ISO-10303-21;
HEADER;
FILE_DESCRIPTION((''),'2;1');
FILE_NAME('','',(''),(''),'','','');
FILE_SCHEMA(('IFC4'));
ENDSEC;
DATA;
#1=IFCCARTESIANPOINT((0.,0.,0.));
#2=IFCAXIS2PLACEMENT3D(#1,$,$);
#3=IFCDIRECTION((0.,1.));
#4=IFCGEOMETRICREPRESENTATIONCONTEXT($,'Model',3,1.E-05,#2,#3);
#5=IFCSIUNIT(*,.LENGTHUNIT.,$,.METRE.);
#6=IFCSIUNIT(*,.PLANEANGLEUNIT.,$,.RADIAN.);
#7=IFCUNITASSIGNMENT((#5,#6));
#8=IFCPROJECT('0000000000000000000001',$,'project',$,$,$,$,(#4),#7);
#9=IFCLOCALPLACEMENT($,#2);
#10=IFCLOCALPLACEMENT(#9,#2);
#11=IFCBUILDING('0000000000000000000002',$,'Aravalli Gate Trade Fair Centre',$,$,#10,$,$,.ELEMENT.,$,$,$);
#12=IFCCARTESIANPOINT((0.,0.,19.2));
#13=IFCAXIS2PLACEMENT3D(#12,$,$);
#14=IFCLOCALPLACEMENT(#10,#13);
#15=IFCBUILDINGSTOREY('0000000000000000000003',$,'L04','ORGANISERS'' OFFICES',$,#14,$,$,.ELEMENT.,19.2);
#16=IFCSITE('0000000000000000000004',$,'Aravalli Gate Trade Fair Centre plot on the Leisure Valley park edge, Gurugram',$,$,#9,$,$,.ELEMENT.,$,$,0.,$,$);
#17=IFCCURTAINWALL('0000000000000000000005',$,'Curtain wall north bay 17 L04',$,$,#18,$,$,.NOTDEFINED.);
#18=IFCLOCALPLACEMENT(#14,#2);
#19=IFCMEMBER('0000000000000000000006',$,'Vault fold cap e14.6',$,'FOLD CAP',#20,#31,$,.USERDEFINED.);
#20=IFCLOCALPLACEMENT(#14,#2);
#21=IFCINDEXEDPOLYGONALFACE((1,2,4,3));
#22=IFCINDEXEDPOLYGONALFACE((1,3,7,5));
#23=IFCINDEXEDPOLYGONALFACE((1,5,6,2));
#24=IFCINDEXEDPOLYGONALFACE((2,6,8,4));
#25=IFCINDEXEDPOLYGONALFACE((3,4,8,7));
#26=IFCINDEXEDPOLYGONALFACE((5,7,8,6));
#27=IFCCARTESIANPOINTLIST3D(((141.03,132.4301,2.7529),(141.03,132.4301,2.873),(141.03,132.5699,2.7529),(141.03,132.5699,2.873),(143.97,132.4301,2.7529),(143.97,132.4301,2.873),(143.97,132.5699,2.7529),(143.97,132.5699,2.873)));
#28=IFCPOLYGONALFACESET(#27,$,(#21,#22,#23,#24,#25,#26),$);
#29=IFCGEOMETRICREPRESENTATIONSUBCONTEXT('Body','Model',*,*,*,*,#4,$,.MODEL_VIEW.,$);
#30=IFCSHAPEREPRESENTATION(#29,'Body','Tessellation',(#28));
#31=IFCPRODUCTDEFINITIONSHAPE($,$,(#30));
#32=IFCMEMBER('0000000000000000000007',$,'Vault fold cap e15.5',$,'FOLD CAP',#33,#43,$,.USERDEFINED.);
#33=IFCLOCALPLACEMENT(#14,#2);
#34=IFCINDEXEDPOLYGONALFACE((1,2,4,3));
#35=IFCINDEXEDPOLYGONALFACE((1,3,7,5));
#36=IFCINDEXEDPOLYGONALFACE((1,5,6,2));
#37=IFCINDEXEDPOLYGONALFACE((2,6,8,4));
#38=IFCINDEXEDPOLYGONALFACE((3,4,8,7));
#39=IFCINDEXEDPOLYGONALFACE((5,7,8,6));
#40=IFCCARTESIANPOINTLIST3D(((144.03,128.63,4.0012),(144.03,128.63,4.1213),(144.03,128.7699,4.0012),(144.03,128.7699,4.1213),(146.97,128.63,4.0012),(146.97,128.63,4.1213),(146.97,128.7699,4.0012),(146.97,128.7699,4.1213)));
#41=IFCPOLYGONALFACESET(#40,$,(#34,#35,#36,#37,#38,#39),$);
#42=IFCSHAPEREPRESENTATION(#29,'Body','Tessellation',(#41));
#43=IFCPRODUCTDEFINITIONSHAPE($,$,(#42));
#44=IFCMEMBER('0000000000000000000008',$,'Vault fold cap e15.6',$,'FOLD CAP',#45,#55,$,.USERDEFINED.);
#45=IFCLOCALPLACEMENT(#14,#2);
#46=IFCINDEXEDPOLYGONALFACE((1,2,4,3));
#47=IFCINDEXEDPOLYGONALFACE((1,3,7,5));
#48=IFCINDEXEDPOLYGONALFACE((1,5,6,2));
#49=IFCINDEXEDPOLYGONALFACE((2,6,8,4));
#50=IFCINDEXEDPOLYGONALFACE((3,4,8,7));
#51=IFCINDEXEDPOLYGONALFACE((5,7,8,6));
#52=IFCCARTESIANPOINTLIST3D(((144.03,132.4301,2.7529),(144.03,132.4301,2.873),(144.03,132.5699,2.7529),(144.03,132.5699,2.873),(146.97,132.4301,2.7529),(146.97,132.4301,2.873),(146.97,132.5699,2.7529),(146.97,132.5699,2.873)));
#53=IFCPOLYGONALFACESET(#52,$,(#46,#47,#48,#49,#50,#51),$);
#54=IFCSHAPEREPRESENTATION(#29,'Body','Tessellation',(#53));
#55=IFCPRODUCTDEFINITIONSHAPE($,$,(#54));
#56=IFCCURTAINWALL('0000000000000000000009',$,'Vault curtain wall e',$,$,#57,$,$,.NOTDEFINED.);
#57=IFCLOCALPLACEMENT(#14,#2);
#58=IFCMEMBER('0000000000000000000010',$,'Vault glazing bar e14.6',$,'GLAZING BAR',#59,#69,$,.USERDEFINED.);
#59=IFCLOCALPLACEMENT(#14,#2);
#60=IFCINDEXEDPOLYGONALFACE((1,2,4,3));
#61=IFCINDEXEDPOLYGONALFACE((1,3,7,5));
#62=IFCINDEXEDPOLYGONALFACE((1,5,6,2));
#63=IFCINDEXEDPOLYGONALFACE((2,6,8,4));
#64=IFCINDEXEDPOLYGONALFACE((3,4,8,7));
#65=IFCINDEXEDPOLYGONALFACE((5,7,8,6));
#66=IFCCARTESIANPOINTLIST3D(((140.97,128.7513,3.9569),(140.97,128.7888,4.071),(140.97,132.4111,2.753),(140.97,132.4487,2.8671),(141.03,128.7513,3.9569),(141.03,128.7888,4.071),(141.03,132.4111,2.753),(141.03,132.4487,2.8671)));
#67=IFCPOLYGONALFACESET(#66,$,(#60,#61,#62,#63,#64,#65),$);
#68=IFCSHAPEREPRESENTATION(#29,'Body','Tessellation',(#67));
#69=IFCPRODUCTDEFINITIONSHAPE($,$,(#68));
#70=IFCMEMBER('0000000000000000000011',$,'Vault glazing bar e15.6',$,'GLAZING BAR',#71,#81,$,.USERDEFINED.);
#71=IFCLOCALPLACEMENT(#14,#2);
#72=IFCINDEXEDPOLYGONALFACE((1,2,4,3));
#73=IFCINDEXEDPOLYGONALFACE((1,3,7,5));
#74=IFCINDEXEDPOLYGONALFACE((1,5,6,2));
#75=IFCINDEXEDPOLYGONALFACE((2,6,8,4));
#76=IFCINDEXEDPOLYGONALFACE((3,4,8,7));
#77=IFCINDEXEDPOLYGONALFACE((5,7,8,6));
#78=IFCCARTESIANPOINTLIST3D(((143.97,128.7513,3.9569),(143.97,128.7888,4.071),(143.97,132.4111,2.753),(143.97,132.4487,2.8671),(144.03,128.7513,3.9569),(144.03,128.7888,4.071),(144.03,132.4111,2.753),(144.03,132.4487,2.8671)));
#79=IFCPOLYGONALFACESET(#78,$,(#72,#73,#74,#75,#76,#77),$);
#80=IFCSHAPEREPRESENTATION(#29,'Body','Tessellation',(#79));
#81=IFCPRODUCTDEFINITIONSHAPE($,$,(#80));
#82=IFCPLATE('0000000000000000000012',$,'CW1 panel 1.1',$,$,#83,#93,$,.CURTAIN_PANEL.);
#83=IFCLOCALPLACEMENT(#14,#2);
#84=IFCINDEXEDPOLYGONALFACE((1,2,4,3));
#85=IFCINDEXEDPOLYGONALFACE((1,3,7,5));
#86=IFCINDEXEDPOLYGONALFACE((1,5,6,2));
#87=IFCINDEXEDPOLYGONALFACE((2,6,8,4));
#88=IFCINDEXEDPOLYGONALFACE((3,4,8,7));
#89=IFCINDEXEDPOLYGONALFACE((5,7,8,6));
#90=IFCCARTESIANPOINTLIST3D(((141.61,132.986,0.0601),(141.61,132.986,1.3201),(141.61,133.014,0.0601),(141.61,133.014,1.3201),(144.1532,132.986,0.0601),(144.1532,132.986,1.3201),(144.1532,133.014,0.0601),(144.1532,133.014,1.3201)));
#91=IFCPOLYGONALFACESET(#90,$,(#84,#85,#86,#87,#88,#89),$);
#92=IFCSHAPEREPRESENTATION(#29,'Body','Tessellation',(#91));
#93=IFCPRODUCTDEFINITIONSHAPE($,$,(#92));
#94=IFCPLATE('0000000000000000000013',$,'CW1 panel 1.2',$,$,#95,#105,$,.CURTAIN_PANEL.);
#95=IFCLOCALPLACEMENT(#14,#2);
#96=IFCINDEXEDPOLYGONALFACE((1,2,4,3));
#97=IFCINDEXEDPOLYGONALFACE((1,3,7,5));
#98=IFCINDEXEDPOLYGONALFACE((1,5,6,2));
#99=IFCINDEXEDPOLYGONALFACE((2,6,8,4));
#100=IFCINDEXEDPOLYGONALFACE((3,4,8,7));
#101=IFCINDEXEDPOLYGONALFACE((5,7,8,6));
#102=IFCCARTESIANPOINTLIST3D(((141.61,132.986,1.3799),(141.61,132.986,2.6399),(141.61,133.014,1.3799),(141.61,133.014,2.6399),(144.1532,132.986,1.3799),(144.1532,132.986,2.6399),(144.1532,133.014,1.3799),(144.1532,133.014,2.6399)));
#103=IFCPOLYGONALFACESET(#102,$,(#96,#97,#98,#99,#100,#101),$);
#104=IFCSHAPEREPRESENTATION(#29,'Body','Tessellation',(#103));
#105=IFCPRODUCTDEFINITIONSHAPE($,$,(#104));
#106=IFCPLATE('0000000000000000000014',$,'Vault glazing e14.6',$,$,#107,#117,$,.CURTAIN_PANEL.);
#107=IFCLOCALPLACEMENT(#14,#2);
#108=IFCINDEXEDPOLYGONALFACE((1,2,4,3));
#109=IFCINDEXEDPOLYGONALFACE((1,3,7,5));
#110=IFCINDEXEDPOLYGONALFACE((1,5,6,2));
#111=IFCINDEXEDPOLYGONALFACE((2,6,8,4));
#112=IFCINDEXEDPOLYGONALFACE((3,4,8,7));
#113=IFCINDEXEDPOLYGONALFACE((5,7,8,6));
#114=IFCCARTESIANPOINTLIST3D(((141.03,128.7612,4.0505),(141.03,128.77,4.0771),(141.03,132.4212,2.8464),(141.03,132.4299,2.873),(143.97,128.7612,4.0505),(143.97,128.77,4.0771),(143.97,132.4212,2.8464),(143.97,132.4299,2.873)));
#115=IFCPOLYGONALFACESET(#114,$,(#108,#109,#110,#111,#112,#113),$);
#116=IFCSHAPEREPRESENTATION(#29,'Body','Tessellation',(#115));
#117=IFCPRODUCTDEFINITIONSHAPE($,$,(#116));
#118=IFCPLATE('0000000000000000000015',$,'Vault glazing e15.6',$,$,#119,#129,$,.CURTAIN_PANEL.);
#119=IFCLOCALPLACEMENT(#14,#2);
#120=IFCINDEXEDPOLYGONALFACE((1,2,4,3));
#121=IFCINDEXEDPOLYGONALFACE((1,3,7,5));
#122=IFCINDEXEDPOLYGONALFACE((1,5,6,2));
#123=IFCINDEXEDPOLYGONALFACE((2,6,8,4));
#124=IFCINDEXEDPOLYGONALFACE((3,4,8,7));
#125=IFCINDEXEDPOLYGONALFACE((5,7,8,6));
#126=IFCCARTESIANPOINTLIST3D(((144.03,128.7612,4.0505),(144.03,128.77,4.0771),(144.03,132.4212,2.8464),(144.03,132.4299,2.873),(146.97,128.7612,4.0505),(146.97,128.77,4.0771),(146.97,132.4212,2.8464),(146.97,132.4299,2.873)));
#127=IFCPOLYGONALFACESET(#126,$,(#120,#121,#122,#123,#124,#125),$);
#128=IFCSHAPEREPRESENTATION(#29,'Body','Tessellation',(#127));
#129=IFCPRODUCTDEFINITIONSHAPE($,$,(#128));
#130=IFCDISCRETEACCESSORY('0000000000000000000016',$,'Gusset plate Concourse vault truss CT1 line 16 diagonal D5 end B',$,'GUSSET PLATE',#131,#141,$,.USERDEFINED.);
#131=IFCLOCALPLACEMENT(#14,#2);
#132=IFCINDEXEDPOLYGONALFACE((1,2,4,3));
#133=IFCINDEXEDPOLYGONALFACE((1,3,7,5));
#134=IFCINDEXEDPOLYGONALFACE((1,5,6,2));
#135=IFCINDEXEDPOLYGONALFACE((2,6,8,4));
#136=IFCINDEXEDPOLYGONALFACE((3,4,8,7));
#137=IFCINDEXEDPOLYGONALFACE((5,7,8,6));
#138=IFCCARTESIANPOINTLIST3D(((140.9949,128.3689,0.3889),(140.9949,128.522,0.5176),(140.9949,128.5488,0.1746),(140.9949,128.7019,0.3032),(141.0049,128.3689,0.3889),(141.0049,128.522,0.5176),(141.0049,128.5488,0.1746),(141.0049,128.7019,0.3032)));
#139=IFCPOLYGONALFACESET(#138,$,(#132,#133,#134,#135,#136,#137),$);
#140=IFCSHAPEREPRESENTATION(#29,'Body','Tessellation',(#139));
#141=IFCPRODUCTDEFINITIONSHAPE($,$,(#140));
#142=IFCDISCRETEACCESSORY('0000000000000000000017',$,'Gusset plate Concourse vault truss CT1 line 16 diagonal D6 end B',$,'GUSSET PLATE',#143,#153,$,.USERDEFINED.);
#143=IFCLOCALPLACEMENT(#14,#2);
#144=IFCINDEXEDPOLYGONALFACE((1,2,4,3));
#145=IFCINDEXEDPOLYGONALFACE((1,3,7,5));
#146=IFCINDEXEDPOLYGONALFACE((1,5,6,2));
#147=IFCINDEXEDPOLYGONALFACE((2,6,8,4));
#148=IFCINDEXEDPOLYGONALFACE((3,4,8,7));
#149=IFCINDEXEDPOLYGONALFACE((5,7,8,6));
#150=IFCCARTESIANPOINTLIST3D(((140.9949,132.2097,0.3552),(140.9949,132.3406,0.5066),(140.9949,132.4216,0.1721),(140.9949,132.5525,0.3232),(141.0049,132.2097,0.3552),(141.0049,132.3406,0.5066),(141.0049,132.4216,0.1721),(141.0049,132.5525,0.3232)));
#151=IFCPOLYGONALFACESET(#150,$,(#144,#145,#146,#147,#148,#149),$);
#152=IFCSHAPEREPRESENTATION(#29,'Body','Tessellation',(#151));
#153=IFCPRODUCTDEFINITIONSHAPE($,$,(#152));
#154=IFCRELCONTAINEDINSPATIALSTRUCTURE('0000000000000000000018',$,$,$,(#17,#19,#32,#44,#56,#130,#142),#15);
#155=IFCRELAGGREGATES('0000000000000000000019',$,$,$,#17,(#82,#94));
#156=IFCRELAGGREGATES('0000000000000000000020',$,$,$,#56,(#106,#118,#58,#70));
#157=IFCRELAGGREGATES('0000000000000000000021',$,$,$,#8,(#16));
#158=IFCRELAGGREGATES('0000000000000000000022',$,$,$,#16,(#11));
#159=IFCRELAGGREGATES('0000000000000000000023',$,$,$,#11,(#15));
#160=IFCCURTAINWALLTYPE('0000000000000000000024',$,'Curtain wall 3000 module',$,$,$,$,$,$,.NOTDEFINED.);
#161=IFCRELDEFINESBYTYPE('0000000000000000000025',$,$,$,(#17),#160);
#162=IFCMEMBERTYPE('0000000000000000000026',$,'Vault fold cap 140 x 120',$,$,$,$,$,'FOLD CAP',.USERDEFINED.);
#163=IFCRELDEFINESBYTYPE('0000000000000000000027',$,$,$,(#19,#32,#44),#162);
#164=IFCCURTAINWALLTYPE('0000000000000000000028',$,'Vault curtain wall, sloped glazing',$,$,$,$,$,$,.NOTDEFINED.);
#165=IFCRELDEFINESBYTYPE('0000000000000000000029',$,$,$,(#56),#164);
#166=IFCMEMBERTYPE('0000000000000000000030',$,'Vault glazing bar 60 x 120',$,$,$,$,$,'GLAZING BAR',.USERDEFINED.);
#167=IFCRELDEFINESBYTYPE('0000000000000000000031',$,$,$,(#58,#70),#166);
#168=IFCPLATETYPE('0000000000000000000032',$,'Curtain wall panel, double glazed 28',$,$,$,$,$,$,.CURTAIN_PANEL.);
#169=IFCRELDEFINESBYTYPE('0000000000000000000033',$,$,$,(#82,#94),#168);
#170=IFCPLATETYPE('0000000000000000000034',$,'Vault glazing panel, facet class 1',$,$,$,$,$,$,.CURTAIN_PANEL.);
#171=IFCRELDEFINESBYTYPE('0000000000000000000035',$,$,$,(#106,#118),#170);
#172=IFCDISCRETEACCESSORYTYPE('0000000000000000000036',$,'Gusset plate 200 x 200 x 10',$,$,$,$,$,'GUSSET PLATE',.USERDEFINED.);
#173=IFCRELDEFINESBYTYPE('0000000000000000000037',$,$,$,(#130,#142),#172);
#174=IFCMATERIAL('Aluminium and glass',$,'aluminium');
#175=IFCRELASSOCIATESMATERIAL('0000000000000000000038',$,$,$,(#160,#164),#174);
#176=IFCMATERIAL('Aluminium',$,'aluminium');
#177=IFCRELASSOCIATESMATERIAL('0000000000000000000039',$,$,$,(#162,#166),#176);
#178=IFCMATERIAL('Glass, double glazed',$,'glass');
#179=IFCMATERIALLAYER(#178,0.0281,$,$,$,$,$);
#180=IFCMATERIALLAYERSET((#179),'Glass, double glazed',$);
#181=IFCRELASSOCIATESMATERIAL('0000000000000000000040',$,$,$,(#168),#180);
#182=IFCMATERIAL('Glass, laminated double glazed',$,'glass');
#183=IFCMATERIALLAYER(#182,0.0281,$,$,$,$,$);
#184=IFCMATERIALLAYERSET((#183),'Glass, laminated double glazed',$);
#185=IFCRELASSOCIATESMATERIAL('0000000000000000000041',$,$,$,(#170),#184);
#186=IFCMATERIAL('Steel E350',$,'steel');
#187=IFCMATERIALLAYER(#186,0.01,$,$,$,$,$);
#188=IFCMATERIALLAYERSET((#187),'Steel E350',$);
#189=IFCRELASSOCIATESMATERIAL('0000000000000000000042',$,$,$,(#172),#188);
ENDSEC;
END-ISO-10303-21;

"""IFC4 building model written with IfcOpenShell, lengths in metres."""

from ifc_helpers import new_model, si_unit, direction, frame, origin, origin_2d, place, context, subcontext, project, spatial, polyline, rectangle, outline, extrude, material, layer, layer_set, material_profile, profile_set, type_object, element, aggregate, save


model = new_model("IFC4")

# Units and contexts
model_context = context("Model", 3, precision=1e-05, world=origin(), true_north=direction((0.0, 1.0)))
body_context = subcontext(model_context, "Body", "Model", "MODEL_VIEW")
ifc_project = project(units=[si_unit("LENGTHUNIT", "METRE"), si_unit("PLANEANGLEUNIT", "RADIAN")], contexts=[model_context])

# Site, building, storey
site_placement = place(None, origin())
site = spatial("IfcSite", under=ifc_project, at=site_placement, Name="Aravalli Gate Trade Fair Centre plot on the Leisure Valley park edge, Gurugram", CompositionType="ELEMENT", RefElevation=0.0)
building_placement = place(site_placement, origin())
building = spatial("IfcBuilding", under=site, at=building_placement, Name="Aravalli Gate Trade Fair Centre", CompositionType="ELEMENT")
storey_placement = place(building_placement, frame((0.0, 0.0, 19.2)))
storey = spatial("IfcBuildingStorey", under=building, at=storey_placement, Name="L04", Description="ORGANISERS' OFFICES", CompositionType="ELEMENT", Elevation=19.2)

# Curtain wall
ifc_material_1 = material(Name="Aluminium and glass", Category="aluminium")
curtain_wall_type_1 = type_object("IfcCurtainWallType", Name="Curtain wall 3000 module", PredefinedType="NOTDEFINED", material=ifc_material_1)
curtain_wall_1_placement = place(storey_placement, origin())
curtain_wall_1 = element("IfcCurtainWall", 1, at=curtain_wall_1_placement, inside=storey, type_object=curtain_wall_type_1, Name="Curtain wall north bay 17 L04", PredefinedType="NOTDEFINED")
ifc_material_2 = material(Name="Aluminium", Category="aluminium")

# Members
ifc_material_3 = material(Name="Steel E350", Category="steel")
ifc_material_profile_1 = material_profile(ifc_material_2, rectangle(XDim=0.1399, YDim=0.1201, at=origin_2d()), Name="Vault fold cap 140 x 120")
ifc_profile_set_1 = profile_set([ifc_material_profile_1], Name="Aluminium")
member_type_1 = type_object("IfcMemberType", Name="Vault fold cap 140 x 120", ElementType="FOLD CAP", PredefinedType="USERDEFINED", material=ifc_profile_set_1)
for number, where, z_axis, x_axis, name in (
    (2, (141.03, 132.5, 2.813), (1.0, 0.0, 0.0), (0.0, 1.0, 0.0), "Vault fold cap e14.6"),
    (3, (144.03, 128.7, 4.0613), (1.0, 0.0, 0.0), (0.0, 1.0, 0.0), "Vault fold cap e15.5"),
    (4, (144.03, 132.5, 2.813), (1.0, 0.0, 0.0), (0.0, 1.0, 0.0), "Vault fold cap e15.6"),
):
    element("IfcMember", number, at=place(storey_placement, frame(where, z_axis=z_axis, x_axis=x_axis)), inside=storey, type_object=member_type_1, Name=name, ObjectType="FOLD CAP", PredefinedType="USERDEFINED", context=body_context, shape_type="SweptSolid", body=[
        extrude(rectangle(XDim=0.1399, YDim=0.1201, at=origin_2d()), origin(), (0.0, 0.0, 1.0), 2.9399),
    ])

# Curtain wall, members
curtain_wall_type_2 = type_object("IfcCurtainWallType", Name="Vault curtain wall, sloped glazing", PredefinedType="NOTDEFINED", material=ifc_material_1)
curtain_wall_2_placement = place(storey_placement, origin())
curtain_wall_2 = element("IfcCurtainWall", 5, at=curtain_wall_2_placement, inside=storey, type_object=curtain_wall_type_2, Name="Vault curtain wall e", PredefinedType="NOTDEFINED")
ifc_material_profile_2 = material_profile(ifc_material_2, rectangle(XDim=0.0601, YDim=0.1201, at=origin_2d()), Name="Vault glazing bar 60 x 120")
ifc_profile_set_2 = profile_set([ifc_material_profile_2], Name="Aluminium")
member_type_2 = type_object("IfcMemberType", Name="Vault glazing bar 60 x 120", ElementType="GLAZING BAR", PredefinedType="USERDEFINED", material=ifc_profile_set_2)
member_1_placement = place(storey_placement, frame((141.0, 128.77, 4.0139), z_axis=(0.0, 0.94993, -0.312461), x_axis=(-1.0, 0.0, 0.0)))
member_1 = element("IfcMember", 6, at=member_1_placement, type_object=member_type_2, Name="Vault glazing bar e14.6", ObjectType="GLAZING BAR", PredefinedType="USERDEFINED", context=body_context, shape_type="SweptSolid", body=[
    extrude(rectangle(XDim=0.0601, YDim=0.1201, at=origin_2d()), origin(), (0.0, 0.0, 1.0), 3.8528),
])
member_2_placement = place(storey_placement, frame((144.0, 128.77, 4.0139), z_axis=(0.0, 0.94993, -0.312461), x_axis=(-1.0, 0.0, 0.0)))
member_2 = element("IfcMember", 7, at=member_2_placement, type_object=member_type_2, Name="Vault glazing bar e15.6", ObjectType="GLAZING BAR", PredefinedType="USERDEFINED", context=body_context, shape_type="SweptSolid", body=[
    extrude(rectangle(XDim=0.0601, YDim=0.1201, at=origin_2d()), origin(), (0.0, 0.0, 1.0), 3.8528),
])

# Plates
ifc_material_4 = material(Name="Glass, double glazed", Category="glass")
ifc_layer_1 = layer(ifc_material_4, 0.0281)
ifc_layer_set_1 = layer_set([ifc_layer_1], Name="Glass, double glazed")
plate_type_1 = type_object("IfcPlateType", Name="Curtain wall panel, double glazed 28", PredefinedType="CURTAIN_PANEL", material=ifc_layer_set_1)
plate_1_placement = place(storey_placement, frame((142.8816, 133.0, 0.0601), z_axis=(0.0, 0.0, 1.0), x_axis=(1.0, 0.0, 0.0)))
plate_1 = element("IfcPlate", 8, at=plate_1_placement, type_object=plate_type_1, Name="CW1 panel 1.1", PredefinedType="CURTAIN_PANEL", context=body_context, shape_type="SweptSolid", body=[
    extrude(rectangle(XDim=2.5432, YDim=0.0281, at=origin_2d()), origin(), (0.0, 0.0, 1.0), 1.26),
])
plate_2_placement = place(storey_placement, frame((142.8816, 133.0, 1.3799), z_axis=(0.0, 0.0, 1.0), x_axis=(1.0, 0.0, 0.0)))
plate_2 = element("IfcPlate", 9, at=plate_2_placement, type_object=plate_type_1, Name="CW1 panel 1.2", PredefinedType="CURTAIN_PANEL", context=body_context, shape_type="SweptSolid", body=[
    extrude(rectangle(XDim=2.5432, YDim=0.0281, at=origin_2d()), origin(), (0.0, 0.0, 1.0), 1.26),
])
aggregate(curtain_wall_1, [plate_1, plate_2])
ifc_material_5 = material(Name="Glass, laminated double glazed", Category="glass")
ifc_layer_2 = layer(ifc_material_5, 0.0281)
ifc_layer_set_2 = layer_set([ifc_layer_2], Name="Glass, laminated double glazed")
plate_type_2 = type_object("IfcPlateType", Name="Vault glazing panel, facet class 1", PredefinedType="CURTAIN_PANEL", material=ifc_layer_set_2)
plate_3_placement = place(storey_placement, frame((141.03, 128.77, 4.0771), z_axis=(0.0, 0.312518, 0.949912), x_axis=(1.0, 0.0, 0.0)))
plate_3 = element("IfcPlate", 10, at=plate_3_placement, type_object=plate_type_2, Name="Vault glazing e14.6", PredefinedType="CURTAIN_PANEL", context=body_context, shape_type="SweptSolid", body=[
    extrude(outline(polyline([(0.0, 0.0), (2.9399, 0.0), (2.9399, 3.8529), (0.0, 3.8529), (0.0, 0.0)])), origin(), (0.0, 0.0, -1.0), 0.0281),
])
plate_4_placement = place(storey_placement, frame((144.03, 128.77, 4.0771), z_axis=(0.0, 0.312518, 0.949912), x_axis=(1.0, 0.0, 0.0)))
plate_4 = element("IfcPlate", 11, at=plate_4_placement, type_object=plate_type_2, Name="Vault glazing e15.6", PredefinedType="CURTAIN_PANEL", context=body_context, shape_type="SweptSolid", body=[
    extrude(outline(polyline([(0.0, 0.0), (2.9399, 0.0), (2.9399, 3.8529), (0.0, 3.8529), (0.0, 0.0)])), origin(), (0.0, 0.0, -1.0), 0.0281),
])
aggregate(curtain_wall_2, [plate_3, plate_4, member_1, member_2])

# Discrete accessories
ifc_layer_3 = layer(ifc_material_3, 0.01)
ifc_layer_set_3 = layer_set([ifc_layer_3], Name="Steel E350")
discrete_accessory_type = type_object("IfcDiscreteAccessoryType", Name="Gusset plate 200 x 200 x 10", ElementType="GUSSET PLATE", PredefinedType="USERDEFINED", material=ifc_layer_set_3)
discrete_accessory_1_placement = place(storey_placement, frame((141.0049, 128.3689, 0.3889), z_axis=(1.0, 0.0, 0.0), x_axis=(0.0, 0.642926, -0.765928)))
element("IfcDiscreteAccessory", 12, at=discrete_accessory_1_placement, inside=storey, type_object=discrete_accessory_type, Name="Gusset plate Concourse vault truss CT1 line 16 diagonal D5 end B", ObjectType="GUSSET PLATE", PredefinedType="USERDEFINED", context=body_context, shape_type="SweptSolid", body=[
    extrude(outline(polyline([(0.0, 0.0), (0.2799, 0.0), (0.2797, 0.2), (-0.0001, 0.2), (0.0, 0.0)])), origin(), (0.0, 0.0, -1.0), 0.01),
])
discrete_accessory_2_placement = place(storey_placement, frame((141.0049, 132.2097, 0.3552), z_axis=(1.0, 0.0, 0.0), x_axis=(0.0, 0.756666, -0.653801)))
element("IfcDiscreteAccessory", 13, at=discrete_accessory_2_placement, inside=storey, type_object=discrete_accessory_type, Name="Gusset plate Concourse vault truss CT1 line 16 diagonal D6 end B", ObjectType="GUSSET PLATE", PredefinedType="USERDEFINED", context=body_context, shape_type="SweptSolid", body=[
    extrude(outline(polyline([(0.0, 0.0), (0.2801, 0.0), (0.2803, 0.1999), (0.0001, 0.2001), (0.0, 0.0)])), origin(), (0.0, 0.0, -1.0), 0.01),
])

save(model, "model.ifc")
